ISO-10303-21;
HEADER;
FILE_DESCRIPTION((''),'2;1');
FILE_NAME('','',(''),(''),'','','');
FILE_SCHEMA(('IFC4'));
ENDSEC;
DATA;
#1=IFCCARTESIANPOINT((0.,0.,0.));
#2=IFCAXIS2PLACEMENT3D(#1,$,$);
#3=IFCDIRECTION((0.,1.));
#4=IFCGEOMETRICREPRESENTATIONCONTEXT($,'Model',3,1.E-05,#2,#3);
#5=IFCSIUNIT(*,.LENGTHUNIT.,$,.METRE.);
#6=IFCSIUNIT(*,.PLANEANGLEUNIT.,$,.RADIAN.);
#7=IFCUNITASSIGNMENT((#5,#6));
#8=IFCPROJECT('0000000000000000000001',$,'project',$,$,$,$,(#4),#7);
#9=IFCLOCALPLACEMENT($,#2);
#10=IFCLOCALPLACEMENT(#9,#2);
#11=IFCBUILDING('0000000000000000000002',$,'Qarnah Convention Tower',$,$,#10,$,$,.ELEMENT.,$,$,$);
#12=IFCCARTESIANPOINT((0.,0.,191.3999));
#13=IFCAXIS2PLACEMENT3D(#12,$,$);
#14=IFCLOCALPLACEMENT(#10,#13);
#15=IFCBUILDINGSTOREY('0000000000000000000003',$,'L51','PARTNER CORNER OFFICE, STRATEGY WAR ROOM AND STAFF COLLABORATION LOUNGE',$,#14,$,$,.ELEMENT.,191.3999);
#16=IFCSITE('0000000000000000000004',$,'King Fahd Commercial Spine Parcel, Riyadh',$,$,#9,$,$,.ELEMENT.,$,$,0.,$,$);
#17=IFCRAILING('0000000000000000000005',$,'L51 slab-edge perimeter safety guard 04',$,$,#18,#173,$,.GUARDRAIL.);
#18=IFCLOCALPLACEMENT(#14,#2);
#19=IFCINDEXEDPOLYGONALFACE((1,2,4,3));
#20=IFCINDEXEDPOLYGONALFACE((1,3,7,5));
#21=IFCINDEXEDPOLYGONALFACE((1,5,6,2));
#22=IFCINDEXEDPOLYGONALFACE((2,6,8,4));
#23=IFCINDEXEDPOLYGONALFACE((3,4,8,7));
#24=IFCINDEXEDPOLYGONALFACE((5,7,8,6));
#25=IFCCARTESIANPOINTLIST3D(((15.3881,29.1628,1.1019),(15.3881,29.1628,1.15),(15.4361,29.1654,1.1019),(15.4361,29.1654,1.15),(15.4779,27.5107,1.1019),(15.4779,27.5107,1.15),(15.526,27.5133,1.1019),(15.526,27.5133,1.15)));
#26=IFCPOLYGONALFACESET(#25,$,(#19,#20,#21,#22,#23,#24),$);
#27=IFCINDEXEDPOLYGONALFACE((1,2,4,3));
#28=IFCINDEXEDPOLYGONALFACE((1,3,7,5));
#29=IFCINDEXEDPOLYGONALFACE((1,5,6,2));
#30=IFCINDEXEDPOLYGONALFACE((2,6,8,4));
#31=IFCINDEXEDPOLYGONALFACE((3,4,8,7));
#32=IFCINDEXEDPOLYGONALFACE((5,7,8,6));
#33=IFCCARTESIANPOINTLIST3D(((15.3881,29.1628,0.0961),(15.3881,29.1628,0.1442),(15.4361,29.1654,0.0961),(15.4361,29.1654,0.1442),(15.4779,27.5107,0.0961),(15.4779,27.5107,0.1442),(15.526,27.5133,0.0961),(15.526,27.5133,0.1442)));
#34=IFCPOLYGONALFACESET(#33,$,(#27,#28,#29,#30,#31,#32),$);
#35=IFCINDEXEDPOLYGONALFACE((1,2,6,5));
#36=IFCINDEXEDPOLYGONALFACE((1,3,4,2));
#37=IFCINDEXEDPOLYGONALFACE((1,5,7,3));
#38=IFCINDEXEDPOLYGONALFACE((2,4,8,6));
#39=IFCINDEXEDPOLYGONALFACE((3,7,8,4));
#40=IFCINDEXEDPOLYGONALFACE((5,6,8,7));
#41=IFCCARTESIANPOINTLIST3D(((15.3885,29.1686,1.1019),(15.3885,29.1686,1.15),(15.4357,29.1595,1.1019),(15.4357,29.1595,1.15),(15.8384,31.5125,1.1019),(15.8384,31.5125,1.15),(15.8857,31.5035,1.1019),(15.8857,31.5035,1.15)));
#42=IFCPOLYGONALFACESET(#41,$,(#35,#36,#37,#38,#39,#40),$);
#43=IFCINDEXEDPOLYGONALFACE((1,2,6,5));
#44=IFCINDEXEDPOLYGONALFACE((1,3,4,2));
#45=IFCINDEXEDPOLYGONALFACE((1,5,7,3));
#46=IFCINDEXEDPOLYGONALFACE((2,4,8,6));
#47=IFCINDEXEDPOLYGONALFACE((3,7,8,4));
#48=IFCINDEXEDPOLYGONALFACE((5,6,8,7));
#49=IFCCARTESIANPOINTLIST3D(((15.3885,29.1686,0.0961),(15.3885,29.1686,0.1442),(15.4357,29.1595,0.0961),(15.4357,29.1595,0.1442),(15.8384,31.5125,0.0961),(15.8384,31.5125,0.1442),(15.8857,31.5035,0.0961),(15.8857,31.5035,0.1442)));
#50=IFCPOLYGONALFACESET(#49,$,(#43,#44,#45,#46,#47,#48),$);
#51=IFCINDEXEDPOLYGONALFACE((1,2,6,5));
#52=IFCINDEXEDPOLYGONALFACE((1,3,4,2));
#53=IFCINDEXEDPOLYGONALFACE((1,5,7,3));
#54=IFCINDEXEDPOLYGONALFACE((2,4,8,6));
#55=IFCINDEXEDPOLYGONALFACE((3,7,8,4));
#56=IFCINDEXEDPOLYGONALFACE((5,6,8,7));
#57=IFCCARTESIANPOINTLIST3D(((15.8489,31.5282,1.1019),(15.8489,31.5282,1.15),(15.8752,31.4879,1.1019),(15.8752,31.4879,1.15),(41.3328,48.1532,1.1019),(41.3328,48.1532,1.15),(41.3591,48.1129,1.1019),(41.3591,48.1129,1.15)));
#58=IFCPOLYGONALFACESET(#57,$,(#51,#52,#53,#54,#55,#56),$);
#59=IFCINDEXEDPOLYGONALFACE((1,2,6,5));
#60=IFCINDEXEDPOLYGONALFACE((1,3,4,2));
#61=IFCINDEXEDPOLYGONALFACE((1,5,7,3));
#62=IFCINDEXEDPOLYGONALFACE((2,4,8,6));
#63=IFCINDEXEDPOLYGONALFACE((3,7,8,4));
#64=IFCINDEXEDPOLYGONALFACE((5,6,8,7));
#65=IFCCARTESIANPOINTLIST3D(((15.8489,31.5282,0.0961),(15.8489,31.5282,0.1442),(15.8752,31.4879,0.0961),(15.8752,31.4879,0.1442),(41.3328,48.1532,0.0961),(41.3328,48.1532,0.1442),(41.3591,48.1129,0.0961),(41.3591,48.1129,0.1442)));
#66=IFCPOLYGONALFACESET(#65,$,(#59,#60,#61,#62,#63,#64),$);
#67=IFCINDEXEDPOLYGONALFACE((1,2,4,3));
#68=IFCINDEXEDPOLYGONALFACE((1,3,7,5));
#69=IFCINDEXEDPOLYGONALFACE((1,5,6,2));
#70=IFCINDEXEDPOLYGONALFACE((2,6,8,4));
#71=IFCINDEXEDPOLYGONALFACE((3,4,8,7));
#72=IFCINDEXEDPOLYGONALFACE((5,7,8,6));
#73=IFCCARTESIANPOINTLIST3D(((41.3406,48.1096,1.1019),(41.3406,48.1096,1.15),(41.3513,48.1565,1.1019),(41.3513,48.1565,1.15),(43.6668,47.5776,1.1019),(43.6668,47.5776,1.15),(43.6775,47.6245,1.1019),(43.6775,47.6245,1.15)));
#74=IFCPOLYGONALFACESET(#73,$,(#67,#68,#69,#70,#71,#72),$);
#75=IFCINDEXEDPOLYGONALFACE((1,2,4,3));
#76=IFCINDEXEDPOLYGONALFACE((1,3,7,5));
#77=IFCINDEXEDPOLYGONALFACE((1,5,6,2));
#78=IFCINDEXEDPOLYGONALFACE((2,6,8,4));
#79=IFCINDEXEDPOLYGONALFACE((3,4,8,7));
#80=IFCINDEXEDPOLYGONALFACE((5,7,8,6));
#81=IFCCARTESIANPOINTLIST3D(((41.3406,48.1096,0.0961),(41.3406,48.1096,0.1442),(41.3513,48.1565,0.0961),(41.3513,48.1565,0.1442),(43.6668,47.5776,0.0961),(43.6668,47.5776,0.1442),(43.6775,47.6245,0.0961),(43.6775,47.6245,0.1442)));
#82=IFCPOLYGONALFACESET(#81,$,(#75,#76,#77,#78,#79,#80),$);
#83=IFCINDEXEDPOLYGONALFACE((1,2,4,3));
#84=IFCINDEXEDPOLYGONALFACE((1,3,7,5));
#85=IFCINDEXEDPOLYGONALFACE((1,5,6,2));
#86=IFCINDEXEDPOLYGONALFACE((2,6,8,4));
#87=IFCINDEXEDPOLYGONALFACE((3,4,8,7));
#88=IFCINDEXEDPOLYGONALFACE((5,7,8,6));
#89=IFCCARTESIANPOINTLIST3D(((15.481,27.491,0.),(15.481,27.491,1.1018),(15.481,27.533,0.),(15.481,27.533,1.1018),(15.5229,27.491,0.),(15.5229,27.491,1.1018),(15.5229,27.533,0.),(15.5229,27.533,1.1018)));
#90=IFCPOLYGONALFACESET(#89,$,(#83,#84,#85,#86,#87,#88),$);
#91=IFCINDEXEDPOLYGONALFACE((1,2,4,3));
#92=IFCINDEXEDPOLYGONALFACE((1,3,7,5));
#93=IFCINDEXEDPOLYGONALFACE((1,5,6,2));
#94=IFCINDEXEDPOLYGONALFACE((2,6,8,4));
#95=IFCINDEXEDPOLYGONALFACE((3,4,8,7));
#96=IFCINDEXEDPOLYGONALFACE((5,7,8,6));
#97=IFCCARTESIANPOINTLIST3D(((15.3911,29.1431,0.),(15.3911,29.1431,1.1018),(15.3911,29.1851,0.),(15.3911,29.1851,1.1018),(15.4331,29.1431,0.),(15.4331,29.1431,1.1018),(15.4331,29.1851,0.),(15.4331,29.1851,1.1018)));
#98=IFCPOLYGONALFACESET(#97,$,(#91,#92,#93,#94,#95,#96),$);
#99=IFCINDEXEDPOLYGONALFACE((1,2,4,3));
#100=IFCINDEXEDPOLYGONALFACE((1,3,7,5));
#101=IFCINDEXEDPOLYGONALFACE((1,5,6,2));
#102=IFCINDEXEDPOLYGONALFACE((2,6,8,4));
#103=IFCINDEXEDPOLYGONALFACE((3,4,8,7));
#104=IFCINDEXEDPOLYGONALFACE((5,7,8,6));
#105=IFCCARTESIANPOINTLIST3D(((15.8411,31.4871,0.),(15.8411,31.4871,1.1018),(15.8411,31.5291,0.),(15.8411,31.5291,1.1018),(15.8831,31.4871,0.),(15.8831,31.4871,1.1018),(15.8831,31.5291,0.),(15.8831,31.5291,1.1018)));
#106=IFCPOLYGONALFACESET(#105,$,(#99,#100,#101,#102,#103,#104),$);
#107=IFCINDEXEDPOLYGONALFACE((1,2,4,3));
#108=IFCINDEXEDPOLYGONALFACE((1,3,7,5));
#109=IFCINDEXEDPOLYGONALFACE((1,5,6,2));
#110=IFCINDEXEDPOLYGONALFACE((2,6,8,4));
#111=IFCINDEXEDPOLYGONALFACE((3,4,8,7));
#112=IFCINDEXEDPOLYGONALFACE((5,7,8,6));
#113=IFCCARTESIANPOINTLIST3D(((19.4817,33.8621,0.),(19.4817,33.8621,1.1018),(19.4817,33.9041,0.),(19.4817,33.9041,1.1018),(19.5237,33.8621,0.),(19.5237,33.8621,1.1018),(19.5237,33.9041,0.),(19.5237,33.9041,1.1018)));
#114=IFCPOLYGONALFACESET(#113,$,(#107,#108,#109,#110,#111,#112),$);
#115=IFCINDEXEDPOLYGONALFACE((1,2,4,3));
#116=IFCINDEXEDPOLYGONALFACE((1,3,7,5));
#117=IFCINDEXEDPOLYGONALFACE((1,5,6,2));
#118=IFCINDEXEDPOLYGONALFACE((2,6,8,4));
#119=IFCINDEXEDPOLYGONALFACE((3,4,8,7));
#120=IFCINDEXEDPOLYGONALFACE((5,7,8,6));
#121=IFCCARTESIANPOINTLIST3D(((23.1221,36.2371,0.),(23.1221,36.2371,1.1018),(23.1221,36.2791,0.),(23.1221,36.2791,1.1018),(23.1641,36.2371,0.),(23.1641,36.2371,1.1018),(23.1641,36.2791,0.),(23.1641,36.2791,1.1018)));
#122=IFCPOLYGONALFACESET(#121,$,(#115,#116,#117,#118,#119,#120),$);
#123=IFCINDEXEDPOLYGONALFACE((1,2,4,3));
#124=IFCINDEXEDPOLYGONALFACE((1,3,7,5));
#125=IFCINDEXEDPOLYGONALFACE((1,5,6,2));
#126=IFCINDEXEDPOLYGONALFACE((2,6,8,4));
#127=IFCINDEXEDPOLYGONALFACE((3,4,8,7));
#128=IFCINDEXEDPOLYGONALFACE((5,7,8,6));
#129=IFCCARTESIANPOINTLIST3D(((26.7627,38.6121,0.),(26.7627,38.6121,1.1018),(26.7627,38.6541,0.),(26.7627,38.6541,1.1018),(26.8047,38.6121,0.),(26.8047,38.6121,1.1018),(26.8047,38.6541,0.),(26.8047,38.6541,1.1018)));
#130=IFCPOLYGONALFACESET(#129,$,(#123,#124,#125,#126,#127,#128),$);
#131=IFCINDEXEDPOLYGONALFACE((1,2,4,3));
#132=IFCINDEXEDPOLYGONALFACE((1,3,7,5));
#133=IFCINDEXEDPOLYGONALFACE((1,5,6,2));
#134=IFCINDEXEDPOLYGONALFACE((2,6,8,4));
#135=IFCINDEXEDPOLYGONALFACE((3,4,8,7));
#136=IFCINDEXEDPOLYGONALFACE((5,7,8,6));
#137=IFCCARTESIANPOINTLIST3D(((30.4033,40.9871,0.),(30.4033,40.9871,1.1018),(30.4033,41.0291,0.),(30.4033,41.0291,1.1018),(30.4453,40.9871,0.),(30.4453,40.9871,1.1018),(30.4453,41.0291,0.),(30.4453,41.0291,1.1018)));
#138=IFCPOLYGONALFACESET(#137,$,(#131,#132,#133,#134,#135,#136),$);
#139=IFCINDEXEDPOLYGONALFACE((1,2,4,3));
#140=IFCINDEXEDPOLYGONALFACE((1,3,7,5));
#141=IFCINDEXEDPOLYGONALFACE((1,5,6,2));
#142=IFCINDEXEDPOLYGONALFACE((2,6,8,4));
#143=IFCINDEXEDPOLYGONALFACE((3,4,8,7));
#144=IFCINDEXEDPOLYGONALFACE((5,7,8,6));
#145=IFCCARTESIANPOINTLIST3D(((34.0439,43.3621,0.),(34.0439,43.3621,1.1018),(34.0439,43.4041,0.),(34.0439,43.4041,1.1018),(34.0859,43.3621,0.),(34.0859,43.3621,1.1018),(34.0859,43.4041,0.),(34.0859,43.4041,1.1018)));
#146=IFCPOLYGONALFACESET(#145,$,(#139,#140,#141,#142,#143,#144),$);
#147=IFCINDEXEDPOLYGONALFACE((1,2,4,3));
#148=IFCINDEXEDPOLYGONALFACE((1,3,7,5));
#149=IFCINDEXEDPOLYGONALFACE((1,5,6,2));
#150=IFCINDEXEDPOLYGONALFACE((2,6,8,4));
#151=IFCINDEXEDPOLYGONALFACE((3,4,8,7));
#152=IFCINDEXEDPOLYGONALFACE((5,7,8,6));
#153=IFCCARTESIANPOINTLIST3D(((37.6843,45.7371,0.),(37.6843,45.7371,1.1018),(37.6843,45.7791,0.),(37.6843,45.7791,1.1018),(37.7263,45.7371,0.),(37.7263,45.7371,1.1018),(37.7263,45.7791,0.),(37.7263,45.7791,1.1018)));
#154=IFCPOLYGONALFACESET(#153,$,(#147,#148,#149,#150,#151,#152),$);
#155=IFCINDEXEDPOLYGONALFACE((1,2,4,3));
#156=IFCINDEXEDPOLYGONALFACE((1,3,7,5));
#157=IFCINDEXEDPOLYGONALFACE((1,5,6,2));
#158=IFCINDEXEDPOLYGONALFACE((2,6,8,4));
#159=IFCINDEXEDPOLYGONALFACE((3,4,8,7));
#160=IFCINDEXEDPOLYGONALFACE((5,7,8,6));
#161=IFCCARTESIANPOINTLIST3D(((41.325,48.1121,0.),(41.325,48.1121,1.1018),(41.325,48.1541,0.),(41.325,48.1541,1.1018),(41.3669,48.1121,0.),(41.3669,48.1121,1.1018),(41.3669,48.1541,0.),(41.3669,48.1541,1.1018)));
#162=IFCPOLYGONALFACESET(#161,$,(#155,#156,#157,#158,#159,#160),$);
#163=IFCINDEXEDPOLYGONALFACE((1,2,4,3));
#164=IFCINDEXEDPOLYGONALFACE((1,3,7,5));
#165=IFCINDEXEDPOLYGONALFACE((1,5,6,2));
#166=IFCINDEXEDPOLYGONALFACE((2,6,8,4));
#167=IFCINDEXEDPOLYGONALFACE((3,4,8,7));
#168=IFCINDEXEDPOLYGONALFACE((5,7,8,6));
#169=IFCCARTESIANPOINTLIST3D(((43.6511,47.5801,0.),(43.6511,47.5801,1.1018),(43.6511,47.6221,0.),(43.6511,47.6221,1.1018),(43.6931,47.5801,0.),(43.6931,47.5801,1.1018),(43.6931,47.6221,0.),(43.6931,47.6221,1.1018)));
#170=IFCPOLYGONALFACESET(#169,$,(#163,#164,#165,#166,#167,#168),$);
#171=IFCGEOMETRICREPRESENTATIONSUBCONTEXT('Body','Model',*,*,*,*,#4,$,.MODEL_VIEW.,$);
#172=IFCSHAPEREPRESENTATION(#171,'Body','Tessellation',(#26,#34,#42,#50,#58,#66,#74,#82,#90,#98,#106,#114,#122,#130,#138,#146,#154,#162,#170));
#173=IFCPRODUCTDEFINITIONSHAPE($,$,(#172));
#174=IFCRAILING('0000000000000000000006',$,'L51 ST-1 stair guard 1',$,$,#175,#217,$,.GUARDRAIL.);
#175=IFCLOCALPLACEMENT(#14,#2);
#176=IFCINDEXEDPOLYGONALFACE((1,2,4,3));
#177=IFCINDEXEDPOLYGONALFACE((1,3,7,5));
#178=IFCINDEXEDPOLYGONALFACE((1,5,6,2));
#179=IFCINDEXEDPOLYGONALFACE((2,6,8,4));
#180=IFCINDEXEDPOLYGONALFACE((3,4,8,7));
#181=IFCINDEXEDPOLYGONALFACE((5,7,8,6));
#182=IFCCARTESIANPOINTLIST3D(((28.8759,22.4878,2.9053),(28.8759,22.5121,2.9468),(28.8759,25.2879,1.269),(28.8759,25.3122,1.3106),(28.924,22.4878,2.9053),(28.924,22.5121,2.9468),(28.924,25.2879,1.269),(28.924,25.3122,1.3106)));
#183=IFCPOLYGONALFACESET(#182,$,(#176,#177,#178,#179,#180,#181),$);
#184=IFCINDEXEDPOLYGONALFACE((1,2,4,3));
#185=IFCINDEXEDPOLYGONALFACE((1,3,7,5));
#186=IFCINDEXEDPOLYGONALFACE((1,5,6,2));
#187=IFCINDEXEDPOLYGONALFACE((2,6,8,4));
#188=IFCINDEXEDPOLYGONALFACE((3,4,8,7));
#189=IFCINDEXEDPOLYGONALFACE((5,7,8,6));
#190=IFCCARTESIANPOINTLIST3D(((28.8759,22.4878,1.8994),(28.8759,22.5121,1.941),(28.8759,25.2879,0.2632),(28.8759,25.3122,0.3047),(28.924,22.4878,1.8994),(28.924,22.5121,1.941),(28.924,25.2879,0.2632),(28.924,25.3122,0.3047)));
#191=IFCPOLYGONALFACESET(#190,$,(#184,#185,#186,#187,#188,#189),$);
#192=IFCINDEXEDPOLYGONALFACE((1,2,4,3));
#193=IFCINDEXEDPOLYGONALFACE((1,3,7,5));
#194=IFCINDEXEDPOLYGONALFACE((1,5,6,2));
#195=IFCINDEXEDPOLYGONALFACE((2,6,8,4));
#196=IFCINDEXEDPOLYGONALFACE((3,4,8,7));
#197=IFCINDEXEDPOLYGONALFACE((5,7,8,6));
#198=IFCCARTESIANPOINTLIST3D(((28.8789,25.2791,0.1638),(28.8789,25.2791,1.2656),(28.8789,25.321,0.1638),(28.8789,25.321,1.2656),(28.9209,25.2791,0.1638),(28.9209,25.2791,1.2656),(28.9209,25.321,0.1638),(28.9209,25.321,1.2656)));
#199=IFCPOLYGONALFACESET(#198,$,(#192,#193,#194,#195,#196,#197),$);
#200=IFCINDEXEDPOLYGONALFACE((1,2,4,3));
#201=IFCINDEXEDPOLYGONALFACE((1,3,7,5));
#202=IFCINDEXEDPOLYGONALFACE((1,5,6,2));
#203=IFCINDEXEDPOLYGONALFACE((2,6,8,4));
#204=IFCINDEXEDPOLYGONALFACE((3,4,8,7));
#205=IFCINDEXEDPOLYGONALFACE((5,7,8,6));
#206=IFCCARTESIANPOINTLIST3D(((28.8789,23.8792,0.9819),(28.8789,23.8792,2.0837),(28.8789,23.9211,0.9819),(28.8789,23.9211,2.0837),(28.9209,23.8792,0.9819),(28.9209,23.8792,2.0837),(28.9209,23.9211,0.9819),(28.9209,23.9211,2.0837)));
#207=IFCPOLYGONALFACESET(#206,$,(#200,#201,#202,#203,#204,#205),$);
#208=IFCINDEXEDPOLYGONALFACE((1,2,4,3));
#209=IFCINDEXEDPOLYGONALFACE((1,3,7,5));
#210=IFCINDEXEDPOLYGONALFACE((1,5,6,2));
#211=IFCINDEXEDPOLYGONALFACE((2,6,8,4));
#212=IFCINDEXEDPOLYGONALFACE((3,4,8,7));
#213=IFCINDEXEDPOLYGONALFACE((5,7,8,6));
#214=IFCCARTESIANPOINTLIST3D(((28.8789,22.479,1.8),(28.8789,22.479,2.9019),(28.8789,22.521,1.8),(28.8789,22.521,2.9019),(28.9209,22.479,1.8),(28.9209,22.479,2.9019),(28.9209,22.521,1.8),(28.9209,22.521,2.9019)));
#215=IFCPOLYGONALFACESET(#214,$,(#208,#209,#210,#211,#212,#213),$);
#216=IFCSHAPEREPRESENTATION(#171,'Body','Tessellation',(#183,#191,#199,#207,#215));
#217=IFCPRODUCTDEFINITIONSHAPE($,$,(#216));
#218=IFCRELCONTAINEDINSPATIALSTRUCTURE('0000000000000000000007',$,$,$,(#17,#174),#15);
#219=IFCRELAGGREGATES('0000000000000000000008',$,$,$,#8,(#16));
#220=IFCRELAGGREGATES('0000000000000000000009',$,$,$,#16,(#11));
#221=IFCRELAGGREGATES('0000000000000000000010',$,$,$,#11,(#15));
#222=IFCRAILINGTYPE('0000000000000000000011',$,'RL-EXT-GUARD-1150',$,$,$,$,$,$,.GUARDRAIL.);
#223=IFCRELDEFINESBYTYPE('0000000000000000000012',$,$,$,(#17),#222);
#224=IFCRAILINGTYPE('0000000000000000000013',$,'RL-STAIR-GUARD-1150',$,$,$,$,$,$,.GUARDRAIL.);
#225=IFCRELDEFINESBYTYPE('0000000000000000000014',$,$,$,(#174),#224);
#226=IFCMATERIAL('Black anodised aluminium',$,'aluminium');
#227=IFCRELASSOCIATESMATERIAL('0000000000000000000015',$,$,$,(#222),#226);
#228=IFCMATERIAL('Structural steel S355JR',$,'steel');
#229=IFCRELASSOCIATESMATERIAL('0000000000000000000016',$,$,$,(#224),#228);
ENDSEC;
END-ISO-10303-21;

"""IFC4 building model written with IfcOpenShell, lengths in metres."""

from ifc_helpers import new_model, si_unit, direction, frame, origin, origin_2d, place, context, subcontext, project, spatial, rectangle, extrude, material, type_object, element, save


model = new_model("IFC4")

# Units and contexts
model_context = context("Model", 3, precision=1e-05, world=origin(), true_north=direction((0.0, 1.0)))
body_context = subcontext(model_context, "Body", "Model", "MODEL_VIEW")
ifc_project = project(units=[si_unit("LENGTHUNIT", "METRE"), si_unit("PLANEANGLEUNIT", "RADIAN")], contexts=[model_context])

# Site, building, storey
site_placement = place(None, origin())
site = spatial("IfcSite", under=ifc_project, at=site_placement, Name="King Fahd Commercial Spine Parcel, Riyadh", CompositionType="ELEMENT", RefElevation=0.0)
building_placement = place(site_placement, origin())
building = spatial("IfcBuilding", under=site, at=building_placement, Name="Qarnah Convention Tower", CompositionType="ELEMENT")
storey_placement = place(building_placement, frame((0.0, 0.0, 191.3999)))
storey = spatial("IfcBuildingStorey", under=building, at=storey_placement, Name="L51", Description="PARTNER CORNER OFFICE, STRATEGY WAR ROOM AND STAFF COLLABORATION LOUNGE", CompositionType="ELEMENT", Elevation=191.3999)

# Shared definitions
ifc_material_1 = material(Name="Structural steel S355JR", Category="steel")

# Shared definitions
ifc_material_2 = material(Name="Black anodised aluminium", Category="aluminium")

# Railings
railing_type_1 = type_object("IfcRailingType", Name="RL-EXT-GUARD-1150", PredefinedType="GUARDRAIL", material=ifc_material_2)
railing_1_placement = place(storey_placement, frame((15.502, 27.512, 0.0)))
element("IfcRailing", 1, at=railing_1_placement, inside=storey, type_object=railing_type_1, Name="L51 slab-edge perimeter safety guard 04", PredefinedType="GUARDRAIL", context=body_context, shape_type="SweptSolid", body=[
    extrude(rectangle(XDim=0.0481, YDim=0.0481, at=origin_2d()), frame((0.0, 0.0, 1.126), z_axis=(-0.054301, 0.998525, 0.0), x_axis=(-0.998525, -0.054301, 0.0)), (0.0, 0.0, 1.0), 1.6545),
    extrude(rectangle(XDim=0.0481, YDim=0.0481, at=origin_2d()), frame((0.0, 0.0, 0.1201), z_axis=(-0.054301, 0.998525, 0.0), x_axis=(-0.998525, -0.054301, 0.0)), (0.0, 0.0, 1.0), 1.6545),
    extrude(rectangle(XDim=0.0481, YDim=0.0481, at=origin_2d()), frame((-0.0898, 1.6521, 1.126), z_axis=(0.188517, 0.98207, 0.0), x_axis=(-0.98207, 0.188517, 0.0)), (0.0, 0.0, 1.0), 2.3867),
    extrude(rectangle(XDim=0.0481, YDim=0.0481, at=origin_2d()), frame((-0.0898, 1.6521, 0.1201), z_axis=(0.188517, 0.98207, 0.0), x_axis=(-0.98207, 0.188517, 0.0)), (0.0, 0.0, 1.0), 2.3867),
    extrude(rectangle(XDim=0.0481, YDim=0.0481, at=origin_2d()), frame((0.3601, 3.9961, 1.126), z_axis=(0.837534, 0.546385, 0.0), x_axis=(-0.546385, 0.837534, 0.0)), (0.0, 0.0, 1.0), 30.4272),
    extrude(rectangle(XDim=0.0481, YDim=0.0481, at=origin_2d()), frame((0.3601, 3.9961, 0.1201), z_axis=(0.837534, 0.546385, 0.0), x_axis=(-0.546385, 0.837534, 0.0)), (0.0, 0.0, 1.0), 30.4272),
    extrude(rectangle(XDim=0.0481, YDim=0.0481, at=origin_2d()), frame((25.844, 20.6211, 1.126), z_axis=(0.974832, -0.222939, 0.0), x_axis=(0.222939, 0.974832, 0.0)), (0.0, 0.0, 1.0), 2.3862),
    extrude(rectangle(XDim=0.0481, YDim=0.0481, at=origin_2d()), frame((25.844, 20.6211, 0.1201), z_axis=(0.974832, -0.222939, 0.0), x_axis=(0.222939, 0.974832, 0.0)), (0.0, 0.0, 1.0), 2.3862),
    extrude(rectangle(XDim=0.042, YDim=0.042, at=origin_2d()), origin(), (0.0, 0.0, 1.0), 1.1018),
    extrude(rectangle(XDim=0.042, YDim=0.042, at=origin_2d()), frame((-0.0898, 1.6521, 0.0)), (0.0, 0.0, 1.0), 1.1018),
    extrude(rectangle(XDim=0.042, YDim=0.042, at=origin_2d()), frame((0.3601, 3.9961, 0.0)), (0.0, 0.0, 1.0), 1.1018),
    extrude(rectangle(XDim=0.042, YDim=0.042, at=origin_2d()), frame((4.0007, 6.3711, 0.0)), (0.0, 0.0, 1.0), 1.1018),
    extrude(rectangle(XDim=0.042, YDim=0.042, at=origin_2d()), frame((7.6411, 8.7461, 0.0)), (0.0, 0.0, 1.0), 1.1018),
    extrude(rectangle(XDim=0.042, YDim=0.042, at=origin_2d()), frame((11.2817, 11.1211, 0.0)), (0.0, 0.0, 1.0), 1.1018),
    extrude(rectangle(XDim=0.042, YDim=0.042, at=origin_2d()), frame((14.9224, 13.4961, 0.0)), (0.0, 0.0, 1.0), 1.1018),
    extrude(rectangle(XDim=0.042, YDim=0.042, at=origin_2d()), frame((18.563, 15.8711, 0.0)), (0.0, 0.0, 1.0), 1.1018),
    extrude(rectangle(XDim=0.042, YDim=0.042, at=origin_2d()), frame((22.2034, 18.2461, 0.0)), (0.0, 0.0, 1.0), 1.1018),
    extrude(rectangle(XDim=0.042, YDim=0.042, at=origin_2d()), frame((25.844, 20.6211, 0.0)), (0.0, 0.0, 1.0), 1.1018),
    extrude(rectangle(XDim=0.042, YDim=0.042, at=origin_2d()), frame((28.1702, 20.0891, 0.0)), (0.0, 0.0, 1.0), 1.1018),
])
railing_type_2 = type_object("IfcRailingType", Name="RL-STAIR-GUARD-1150", PredefinedType="GUARDRAIL", material=ifc_material_1)
railing_2_placement = place(storey_placement, frame((28.8999, 25.3, 0.1638)))
element("IfcRailing", 2, at=railing_2_placement, inside=storey, type_object=railing_type_2, Name="L51 ST-1 stair guard 1", PredefinedType="GUARDRAIL", context=body_context, shape_type="SweptSolid", body=[
    extrude(rectangle(XDim=0.0481, YDim=0.0481, at=origin_2d()), frame((0.0, 0.0, 1.126), z_axis=(0.0, -0.863394, 0.504531), x_axis=(1.0, 0.0, 0.0)), (0.0, 0.0, 1.0), 3.2432),
    extrude(rectangle(XDim=0.0481, YDim=0.0481, at=origin_2d()), frame((0.0, 0.0, 0.1201), z_axis=(0.0, -0.863394, 0.504531), x_axis=(1.0, 0.0, 0.0)), (0.0, 0.0, 1.0), 3.2432),
    extrude(rectangle(XDim=0.042, YDim=0.042, at=origin_2d()), origin(), (0.0, 0.0, 1.0), 1.1018),
    extrude(rectangle(XDim=0.042, YDim=0.042, at=origin_2d()), frame((0.0, -1.3999, 0.8181)), (0.0, 0.0, 1.0), 1.1018),
    extrude(rectangle(XDim=0.042, YDim=0.042, at=origin_2d()), frame((0.0, -2.8, 1.6362)), (0.0, 0.0, 1.0), 1.1018),
])

save(model, "model.ifc")
